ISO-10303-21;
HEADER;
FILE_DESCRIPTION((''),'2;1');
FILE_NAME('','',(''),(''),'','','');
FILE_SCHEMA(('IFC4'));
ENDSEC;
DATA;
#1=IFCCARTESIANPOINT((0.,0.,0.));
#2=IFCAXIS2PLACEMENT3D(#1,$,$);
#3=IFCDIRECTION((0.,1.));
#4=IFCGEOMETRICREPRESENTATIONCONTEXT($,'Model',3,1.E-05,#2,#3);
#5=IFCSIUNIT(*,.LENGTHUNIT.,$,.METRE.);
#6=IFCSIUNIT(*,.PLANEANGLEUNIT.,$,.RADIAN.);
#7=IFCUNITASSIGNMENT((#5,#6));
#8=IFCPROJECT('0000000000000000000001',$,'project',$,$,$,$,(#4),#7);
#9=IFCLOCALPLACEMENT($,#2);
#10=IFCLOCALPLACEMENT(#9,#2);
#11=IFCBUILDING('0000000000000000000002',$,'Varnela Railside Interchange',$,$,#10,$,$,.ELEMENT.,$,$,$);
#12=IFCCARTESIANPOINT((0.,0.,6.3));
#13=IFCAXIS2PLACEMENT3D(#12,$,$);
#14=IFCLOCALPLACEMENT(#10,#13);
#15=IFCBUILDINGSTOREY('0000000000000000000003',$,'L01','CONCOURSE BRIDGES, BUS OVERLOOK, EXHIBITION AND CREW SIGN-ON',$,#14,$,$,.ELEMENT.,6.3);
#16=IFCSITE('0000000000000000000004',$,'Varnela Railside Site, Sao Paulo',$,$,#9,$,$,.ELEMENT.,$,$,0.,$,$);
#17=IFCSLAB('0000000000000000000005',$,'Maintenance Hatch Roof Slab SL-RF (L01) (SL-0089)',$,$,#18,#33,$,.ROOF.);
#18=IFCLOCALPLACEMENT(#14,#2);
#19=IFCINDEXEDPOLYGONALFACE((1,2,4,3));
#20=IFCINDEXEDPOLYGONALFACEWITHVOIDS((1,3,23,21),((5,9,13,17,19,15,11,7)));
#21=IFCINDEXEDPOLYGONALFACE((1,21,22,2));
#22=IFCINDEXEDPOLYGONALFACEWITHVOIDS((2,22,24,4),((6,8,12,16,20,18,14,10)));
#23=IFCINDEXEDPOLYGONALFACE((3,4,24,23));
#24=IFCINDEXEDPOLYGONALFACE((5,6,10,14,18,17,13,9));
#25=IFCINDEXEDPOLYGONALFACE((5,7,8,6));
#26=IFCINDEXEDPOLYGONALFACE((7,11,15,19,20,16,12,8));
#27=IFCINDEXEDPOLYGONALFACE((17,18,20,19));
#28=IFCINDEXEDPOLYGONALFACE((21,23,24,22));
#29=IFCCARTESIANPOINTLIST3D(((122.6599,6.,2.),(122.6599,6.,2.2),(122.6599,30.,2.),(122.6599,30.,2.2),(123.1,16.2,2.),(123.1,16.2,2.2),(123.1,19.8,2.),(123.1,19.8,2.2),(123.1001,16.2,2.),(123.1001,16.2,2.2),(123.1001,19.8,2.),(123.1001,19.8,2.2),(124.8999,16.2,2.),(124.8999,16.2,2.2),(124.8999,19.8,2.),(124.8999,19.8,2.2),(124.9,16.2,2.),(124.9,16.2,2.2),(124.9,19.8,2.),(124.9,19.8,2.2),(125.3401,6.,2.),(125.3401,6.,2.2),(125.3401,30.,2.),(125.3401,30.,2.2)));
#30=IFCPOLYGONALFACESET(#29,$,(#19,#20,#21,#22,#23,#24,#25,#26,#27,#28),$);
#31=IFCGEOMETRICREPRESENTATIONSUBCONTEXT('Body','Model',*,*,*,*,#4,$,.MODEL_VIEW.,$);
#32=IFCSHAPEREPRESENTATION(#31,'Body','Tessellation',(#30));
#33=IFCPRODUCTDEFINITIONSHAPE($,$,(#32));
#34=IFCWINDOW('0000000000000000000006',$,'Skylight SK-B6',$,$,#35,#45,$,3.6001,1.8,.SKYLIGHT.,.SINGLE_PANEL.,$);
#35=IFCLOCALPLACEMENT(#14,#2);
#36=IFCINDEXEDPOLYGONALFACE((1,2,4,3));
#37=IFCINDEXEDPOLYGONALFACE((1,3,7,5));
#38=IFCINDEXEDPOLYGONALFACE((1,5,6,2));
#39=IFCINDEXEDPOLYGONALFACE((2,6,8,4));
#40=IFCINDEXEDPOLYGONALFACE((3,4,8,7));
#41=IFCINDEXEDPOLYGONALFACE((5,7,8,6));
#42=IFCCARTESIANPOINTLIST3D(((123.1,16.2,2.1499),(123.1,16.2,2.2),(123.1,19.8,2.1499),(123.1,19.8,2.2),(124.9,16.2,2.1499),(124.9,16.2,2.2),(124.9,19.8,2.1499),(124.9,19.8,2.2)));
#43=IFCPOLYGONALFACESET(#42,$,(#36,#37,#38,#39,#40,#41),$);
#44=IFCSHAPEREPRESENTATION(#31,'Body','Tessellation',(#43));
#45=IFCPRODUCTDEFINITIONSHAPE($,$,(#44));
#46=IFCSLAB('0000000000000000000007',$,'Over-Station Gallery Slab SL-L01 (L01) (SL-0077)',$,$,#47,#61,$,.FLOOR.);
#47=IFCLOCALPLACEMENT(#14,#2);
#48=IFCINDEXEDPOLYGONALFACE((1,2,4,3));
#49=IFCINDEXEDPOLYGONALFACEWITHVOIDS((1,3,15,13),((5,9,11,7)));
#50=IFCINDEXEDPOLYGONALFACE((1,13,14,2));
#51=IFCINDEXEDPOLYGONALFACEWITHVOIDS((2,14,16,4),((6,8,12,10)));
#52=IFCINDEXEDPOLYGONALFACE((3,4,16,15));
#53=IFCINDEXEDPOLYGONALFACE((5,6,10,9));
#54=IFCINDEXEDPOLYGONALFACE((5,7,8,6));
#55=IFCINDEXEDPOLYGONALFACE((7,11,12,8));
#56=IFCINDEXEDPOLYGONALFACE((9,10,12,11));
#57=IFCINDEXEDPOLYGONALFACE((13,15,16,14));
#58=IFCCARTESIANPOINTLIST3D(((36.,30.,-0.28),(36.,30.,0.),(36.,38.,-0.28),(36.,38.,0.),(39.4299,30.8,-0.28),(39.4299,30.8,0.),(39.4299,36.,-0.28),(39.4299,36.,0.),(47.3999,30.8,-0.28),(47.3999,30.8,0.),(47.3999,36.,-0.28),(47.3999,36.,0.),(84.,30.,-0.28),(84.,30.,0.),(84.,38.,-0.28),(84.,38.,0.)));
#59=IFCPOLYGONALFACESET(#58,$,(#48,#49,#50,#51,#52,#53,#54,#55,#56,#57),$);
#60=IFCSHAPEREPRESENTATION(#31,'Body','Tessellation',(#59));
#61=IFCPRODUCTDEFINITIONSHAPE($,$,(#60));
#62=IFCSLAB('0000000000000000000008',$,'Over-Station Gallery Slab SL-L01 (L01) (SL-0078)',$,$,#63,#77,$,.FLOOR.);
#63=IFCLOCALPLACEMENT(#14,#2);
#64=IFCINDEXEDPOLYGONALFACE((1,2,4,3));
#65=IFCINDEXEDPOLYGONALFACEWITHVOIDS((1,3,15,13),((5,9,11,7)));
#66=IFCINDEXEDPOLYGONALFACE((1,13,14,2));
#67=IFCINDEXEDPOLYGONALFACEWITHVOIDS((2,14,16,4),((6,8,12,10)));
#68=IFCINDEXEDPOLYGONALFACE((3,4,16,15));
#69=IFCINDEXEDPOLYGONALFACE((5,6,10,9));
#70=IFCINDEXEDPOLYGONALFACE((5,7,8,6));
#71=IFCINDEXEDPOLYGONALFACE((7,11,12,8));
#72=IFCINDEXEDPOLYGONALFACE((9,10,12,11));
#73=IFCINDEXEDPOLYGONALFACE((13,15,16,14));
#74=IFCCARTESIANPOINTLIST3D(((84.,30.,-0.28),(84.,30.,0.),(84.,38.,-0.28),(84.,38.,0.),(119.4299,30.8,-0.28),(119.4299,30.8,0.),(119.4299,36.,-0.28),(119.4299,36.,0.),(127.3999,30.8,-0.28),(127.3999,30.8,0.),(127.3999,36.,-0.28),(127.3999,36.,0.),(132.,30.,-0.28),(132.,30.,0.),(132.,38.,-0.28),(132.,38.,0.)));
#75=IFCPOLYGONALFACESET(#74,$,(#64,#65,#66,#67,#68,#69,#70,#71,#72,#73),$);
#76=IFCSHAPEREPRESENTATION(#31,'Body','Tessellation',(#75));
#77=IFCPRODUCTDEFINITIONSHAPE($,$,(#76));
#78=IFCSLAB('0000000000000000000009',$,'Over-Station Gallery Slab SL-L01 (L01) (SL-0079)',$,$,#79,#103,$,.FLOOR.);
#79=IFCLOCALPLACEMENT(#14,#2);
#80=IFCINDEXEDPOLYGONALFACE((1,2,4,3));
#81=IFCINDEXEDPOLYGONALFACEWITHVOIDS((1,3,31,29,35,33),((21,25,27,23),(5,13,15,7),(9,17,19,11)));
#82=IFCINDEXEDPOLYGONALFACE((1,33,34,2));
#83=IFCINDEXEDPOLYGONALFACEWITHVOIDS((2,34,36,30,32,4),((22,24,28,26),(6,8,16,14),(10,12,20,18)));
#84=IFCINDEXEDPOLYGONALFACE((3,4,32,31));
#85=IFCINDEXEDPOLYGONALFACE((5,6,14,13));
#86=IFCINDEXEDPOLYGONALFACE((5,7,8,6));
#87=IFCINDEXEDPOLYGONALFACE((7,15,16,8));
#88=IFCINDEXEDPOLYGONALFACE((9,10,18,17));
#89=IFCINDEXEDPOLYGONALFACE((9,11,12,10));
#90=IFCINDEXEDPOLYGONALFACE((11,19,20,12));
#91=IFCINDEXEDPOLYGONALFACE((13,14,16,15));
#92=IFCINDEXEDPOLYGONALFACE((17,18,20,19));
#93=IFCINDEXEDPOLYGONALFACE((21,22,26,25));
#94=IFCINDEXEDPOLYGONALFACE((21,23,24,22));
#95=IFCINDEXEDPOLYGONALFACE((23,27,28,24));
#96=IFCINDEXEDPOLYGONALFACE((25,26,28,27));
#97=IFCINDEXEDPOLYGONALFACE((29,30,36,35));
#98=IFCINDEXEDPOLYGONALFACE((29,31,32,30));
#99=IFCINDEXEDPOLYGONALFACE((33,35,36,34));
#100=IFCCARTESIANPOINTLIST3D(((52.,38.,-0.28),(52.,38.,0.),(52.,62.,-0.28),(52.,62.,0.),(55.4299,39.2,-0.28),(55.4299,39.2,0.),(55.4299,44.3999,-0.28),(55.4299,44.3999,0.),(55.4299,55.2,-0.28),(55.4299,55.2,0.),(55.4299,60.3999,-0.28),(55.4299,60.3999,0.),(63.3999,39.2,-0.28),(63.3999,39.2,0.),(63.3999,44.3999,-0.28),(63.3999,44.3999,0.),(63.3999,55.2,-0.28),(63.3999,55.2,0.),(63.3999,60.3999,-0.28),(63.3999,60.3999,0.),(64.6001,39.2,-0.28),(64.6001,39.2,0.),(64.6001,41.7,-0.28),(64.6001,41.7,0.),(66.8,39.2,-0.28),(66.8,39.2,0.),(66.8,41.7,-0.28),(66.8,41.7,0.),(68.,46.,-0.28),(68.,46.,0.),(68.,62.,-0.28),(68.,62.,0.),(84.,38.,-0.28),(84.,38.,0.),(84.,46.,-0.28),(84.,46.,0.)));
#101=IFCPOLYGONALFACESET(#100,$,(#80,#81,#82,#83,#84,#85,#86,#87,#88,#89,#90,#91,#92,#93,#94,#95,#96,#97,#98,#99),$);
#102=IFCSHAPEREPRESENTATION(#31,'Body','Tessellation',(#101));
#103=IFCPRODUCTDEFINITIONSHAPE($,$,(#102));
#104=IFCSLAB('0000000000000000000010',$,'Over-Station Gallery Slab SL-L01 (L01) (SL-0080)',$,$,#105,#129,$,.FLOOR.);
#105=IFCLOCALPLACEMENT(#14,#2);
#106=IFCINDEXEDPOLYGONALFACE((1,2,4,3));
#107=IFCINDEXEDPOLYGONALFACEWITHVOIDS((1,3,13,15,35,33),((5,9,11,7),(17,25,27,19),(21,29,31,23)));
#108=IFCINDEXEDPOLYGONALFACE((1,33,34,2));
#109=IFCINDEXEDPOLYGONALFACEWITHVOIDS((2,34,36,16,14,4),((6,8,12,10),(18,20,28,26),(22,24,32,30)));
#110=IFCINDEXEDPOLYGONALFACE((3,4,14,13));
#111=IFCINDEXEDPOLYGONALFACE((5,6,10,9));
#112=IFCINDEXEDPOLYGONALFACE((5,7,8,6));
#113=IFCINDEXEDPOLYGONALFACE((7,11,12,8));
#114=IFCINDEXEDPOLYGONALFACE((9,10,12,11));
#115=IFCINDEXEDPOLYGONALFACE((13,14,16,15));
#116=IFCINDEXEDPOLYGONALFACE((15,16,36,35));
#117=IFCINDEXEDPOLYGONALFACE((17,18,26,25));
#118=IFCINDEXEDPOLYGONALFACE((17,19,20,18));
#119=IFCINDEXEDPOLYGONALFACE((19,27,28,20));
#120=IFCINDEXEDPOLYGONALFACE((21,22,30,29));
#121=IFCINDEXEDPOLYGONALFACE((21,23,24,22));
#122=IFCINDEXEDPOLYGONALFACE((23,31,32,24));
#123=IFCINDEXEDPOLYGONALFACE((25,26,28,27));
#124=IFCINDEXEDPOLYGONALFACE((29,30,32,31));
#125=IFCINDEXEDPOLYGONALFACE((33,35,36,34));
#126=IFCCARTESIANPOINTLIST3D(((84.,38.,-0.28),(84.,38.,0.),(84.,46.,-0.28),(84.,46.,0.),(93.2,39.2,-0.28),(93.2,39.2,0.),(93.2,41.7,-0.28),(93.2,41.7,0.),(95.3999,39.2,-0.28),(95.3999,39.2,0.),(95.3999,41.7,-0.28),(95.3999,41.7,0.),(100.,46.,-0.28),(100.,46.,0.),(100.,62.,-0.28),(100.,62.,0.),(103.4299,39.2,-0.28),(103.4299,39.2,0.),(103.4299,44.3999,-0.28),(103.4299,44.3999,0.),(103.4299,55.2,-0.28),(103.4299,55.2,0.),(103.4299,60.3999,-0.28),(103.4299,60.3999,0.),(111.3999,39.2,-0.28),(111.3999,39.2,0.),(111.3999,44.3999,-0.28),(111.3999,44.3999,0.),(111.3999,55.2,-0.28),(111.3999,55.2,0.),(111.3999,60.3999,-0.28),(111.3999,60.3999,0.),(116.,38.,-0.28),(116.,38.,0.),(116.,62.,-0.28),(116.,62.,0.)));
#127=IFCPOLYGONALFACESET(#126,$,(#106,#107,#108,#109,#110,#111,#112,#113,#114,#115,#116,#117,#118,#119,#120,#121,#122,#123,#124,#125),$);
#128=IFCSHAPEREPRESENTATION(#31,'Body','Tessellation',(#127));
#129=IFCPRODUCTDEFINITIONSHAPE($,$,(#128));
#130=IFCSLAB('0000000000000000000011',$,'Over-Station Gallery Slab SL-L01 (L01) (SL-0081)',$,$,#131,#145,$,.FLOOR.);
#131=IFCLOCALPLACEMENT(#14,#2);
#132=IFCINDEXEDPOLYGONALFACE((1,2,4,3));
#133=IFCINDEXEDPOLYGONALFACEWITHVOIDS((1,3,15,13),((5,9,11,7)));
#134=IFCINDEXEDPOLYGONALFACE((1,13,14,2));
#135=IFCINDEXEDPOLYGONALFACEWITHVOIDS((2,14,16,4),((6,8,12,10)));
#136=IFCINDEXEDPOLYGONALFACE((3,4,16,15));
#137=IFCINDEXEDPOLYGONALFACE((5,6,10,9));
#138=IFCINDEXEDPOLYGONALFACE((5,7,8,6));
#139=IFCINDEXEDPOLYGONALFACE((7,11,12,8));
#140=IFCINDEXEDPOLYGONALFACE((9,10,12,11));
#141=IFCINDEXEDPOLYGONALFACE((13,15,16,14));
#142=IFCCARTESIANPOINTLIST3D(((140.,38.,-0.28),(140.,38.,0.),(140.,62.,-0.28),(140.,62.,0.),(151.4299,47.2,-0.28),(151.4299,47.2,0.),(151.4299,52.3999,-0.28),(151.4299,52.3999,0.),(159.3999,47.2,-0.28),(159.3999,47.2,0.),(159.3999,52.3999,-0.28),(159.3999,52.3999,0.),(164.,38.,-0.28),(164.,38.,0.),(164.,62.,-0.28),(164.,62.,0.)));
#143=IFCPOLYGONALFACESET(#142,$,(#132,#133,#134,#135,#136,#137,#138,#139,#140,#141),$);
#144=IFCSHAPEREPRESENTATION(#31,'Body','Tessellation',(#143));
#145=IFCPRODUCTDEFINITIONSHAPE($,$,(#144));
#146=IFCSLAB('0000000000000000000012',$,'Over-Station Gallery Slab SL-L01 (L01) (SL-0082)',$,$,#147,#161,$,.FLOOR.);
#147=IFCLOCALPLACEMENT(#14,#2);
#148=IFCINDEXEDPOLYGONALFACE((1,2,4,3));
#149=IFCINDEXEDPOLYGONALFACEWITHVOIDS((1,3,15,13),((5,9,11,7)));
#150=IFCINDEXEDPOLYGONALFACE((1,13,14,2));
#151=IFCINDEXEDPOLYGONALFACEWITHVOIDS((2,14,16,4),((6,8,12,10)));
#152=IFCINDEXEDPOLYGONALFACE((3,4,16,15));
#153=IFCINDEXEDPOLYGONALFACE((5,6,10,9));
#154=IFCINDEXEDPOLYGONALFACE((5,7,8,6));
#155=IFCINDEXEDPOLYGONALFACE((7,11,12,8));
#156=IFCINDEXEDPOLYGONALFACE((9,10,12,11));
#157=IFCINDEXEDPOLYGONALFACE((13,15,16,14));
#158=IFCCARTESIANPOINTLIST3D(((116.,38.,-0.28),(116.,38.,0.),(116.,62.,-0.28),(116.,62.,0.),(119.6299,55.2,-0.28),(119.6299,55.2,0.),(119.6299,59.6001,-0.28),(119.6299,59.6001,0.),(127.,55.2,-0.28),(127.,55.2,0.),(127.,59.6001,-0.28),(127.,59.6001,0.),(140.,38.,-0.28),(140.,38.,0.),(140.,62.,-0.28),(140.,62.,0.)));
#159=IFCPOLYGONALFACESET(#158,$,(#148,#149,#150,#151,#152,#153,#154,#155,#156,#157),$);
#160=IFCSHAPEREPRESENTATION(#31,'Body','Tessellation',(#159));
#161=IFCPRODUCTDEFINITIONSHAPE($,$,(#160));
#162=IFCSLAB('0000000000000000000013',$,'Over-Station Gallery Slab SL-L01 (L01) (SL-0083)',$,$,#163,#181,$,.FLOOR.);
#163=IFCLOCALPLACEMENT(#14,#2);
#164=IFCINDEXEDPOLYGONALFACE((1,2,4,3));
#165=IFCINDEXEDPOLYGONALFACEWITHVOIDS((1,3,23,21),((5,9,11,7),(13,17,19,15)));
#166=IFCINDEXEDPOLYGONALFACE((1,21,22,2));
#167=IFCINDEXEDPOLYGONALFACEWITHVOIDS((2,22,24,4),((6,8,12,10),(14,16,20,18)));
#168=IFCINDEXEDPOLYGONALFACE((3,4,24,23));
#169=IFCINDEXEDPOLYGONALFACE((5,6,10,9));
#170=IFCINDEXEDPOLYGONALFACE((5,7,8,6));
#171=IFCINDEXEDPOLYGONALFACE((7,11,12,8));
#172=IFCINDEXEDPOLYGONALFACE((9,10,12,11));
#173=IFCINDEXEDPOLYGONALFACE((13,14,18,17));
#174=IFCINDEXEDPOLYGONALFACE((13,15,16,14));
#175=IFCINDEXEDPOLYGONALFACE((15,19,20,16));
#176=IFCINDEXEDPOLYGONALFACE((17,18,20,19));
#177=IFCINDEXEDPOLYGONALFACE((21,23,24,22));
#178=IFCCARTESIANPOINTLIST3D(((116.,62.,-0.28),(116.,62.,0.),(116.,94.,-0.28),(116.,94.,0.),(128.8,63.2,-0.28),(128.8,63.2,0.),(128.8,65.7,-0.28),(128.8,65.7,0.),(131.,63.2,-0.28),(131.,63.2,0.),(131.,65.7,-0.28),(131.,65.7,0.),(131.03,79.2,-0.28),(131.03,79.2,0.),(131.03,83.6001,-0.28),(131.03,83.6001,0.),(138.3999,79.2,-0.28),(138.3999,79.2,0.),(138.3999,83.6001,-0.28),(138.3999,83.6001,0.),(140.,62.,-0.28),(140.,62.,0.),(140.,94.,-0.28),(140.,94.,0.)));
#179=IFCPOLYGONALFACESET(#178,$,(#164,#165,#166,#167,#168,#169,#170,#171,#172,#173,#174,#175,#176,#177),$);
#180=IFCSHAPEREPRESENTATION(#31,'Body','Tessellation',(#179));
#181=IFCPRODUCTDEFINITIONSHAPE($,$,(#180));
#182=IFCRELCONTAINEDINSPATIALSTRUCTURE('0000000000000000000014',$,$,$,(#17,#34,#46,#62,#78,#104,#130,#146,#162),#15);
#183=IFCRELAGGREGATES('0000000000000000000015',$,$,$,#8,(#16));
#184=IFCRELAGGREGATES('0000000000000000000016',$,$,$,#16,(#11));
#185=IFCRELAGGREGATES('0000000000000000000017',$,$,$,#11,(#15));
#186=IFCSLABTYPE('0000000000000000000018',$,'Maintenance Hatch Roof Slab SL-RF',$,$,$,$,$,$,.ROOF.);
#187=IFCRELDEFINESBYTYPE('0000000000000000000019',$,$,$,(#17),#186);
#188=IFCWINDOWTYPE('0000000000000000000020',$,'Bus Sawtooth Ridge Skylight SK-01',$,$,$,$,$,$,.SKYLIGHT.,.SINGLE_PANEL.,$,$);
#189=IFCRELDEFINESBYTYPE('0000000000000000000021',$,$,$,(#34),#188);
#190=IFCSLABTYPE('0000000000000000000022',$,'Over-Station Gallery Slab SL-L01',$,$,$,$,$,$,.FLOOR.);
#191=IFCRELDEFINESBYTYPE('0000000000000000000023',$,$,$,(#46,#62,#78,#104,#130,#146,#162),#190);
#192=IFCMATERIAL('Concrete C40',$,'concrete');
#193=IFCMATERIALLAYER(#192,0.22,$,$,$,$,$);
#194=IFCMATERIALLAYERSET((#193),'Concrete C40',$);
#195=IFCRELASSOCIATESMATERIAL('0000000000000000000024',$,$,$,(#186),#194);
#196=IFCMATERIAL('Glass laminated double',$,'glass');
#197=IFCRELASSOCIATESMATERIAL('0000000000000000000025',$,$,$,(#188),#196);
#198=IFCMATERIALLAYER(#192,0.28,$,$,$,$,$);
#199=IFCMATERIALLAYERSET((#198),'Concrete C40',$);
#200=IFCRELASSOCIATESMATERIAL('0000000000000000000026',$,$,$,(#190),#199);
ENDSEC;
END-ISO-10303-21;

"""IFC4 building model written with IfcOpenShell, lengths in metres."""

from ifc_helpers import new_model, si_unit, direction, frame, origin, origin_2d, place, context, subcontext, project, spatial, polyline, rectangle, outline, extrude, material, layer, layer_set, type_object, element, fill, save


model = new_model("IFC4")

# Units and contexts
model_context = context("Model", 3, precision=1e-05, world=origin(), true_north=direction((0.0, 1.0)))
body_context = subcontext(model_context, "Body", "Model", "MODEL_VIEW")
ifc_project = project(units=[si_unit("LENGTHUNIT", "METRE"), si_unit("PLANEANGLEUNIT", "RADIAN")], contexts=[model_context])

# Site, building, storey
site_placement = place(None, origin())
site = spatial("IfcSite", under=ifc_project, at=site_placement, Name="Varnela Railside Site, Sao Paulo", CompositionType="ELEMENT", RefElevation=0.0)
building_placement = place(site_placement, origin())
building = spatial("IfcBuilding", under=site, at=building_placement, Name="Varnela Railside Interchange", CompositionType="ELEMENT")
storey_placement = place(building_placement, frame((0.0, 0.0, 6.3)))
storey = spatial("IfcBuildingStorey", under=building, at=storey_placement, Name="L01", Description="CONCOURSE BRIDGES, BUS OVERLOOK, EXHIBITION AND CREW SIGN-ON", CompositionType="ELEMENT", Elevation=6.3)

# Slab, opening, window
ifc_material_1 = material(Name="Concrete C40", Category="concrete")
ifc_layer_1 = layer(ifc_material_1, 0.22)
ifc_layer_set_1 = layer_set([ifc_layer_1], Name="Concrete C40")
slab_type_1 = type_object("IfcSlabType", Name="Maintenance Hatch Roof Slab SL-RF", PredefinedType="ROOF", material=ifc_layer_set_1)
ifc_material_2 = material(Name="Glass laminated double", Category="glass")
window_type = type_object("IfcWindowType", Name="Bus Sawtooth Ridge Skylight SK-01", PartitioningType="SINGLE_PANEL", PredefinedType="SKYLIGHT", material=ifc_material_2)
slab_1_placement = place(storey_placement, frame((0.0, 0.0, 2.0)))
slab_1 = element("IfcSlab", 1, at=slab_1_placement, inside=storey, type_object=slab_type_1, Name="Maintenance Hatch Roof Slab SL-RF (L01) (SL-0089)", PredefinedType="ROOF", context=body_context, shape_type="SweptSolid", body=[
    extrude(outline(polyline([(122.6599, 6.0), (125.3401, 6.0), (125.3401, 30.0), (122.6599, 30.0), (122.6599, 6.0)]), holes=[polyline([(123.1001, 16.2), (124.8999, 16.2), (124.8999, 19.8), (123.1001, 19.8), (123.1001, 16.2)])]), origin(), (0.0, 0.0, 1.0), 0.2),
])
opening_1_placement = place(slab_1_placement, frame((124.0, 18.0, -0.01)))
opening_1 = element("IfcOpeningElement", 2, at=opening_1_placement, cuts=slab_1, PredefinedType="OPENING", context=body_context, shape_type="SweptSolid", body=[
    extrude(rectangle(XDim=1.8, YDim=3.6001, at=origin_2d()), origin(), (0.0, 0.0, 1.0), 0.22),
])
window_1_placement = place(slab_1_placement, frame((124.0, 18.0, 0.1499)))
window_1 = element("IfcWindow", 3, at=window_1_placement, inside=storey, type_object=window_type, Name="Skylight SK-B6", OverallHeight=3.6001, OverallWidth=1.8, PartitioningType="SINGLE_PANEL", PredefinedType="SKYLIGHT", context=body_context, shape_type="SweptSolid", body=[
    extrude(rectangle(XDim=1.8, YDim=3.6001, at=origin_2d()), origin(), (0.0, 0.0, 1.0), 0.05),
])
fill(opening_1, window_1)

# Slabs
ifc_layer_2 = layer(ifc_material_1, 0.28)
ifc_layer_set_2 = layer_set([ifc_layer_2], Name="Concrete C40")
slab_type_2 = type_object("IfcSlabType", Name="Over-Station Gallery Slab SL-L01", PredefinedType="FLOOR", material=ifc_layer_set_2)
slab_2_placement = place(storey_placement, frame((0.0, 0.0, -0.28)))
element("IfcSlab", 4, at=slab_2_placement, inside=storey, type_object=slab_type_2, Name="Over-Station Gallery Slab SL-L01 (L01) (SL-0077)", PredefinedType="FLOOR", context=body_context, shape_type="SweptSolid", body=[
    extrude(outline(polyline([(36.0, 30.0), (84.0, 30.0), (84.0, 38.0), (36.0, 38.0), (36.0, 30.0)]), holes=[polyline([(39.4299, 30.8), (47.3999, 30.8), (47.3999, 36.0), (39.4299, 36.0), (39.4299, 30.8)])]), origin(), (0.0, 0.0, 1.0), 0.28),
])
slab_3_placement = place(storey_placement, frame((0.0, 0.0, -0.28)))
element("IfcSlab", 5, at=slab_3_placement, inside=storey, type_object=slab_type_2, Name="Over-Station Gallery Slab SL-L01 (L01) (SL-0078)", PredefinedType="FLOOR", context=body_context, shape_type="SweptSolid", body=[
    extrude(outline(polyline([(84.0, 30.0), (132.0, 30.0), (132.0, 38.0), (84.0, 38.0), (84.0, 30.0)]), holes=[polyline([(119.4299, 30.8), (127.3999, 30.8), (127.3999, 36.0), (119.4299, 36.0), (119.4299, 30.8)])]), origin(), (0.0, 0.0, 1.0), 0.28),
])
slab_4_placement = place(storey_placement, frame((0.0, 0.0, -0.28)))
element("IfcSlab", 6, at=slab_4_placement, inside=storey, type_object=slab_type_2, Name="Over-Station Gallery Slab SL-L01 (L01) (SL-0079)", PredefinedType="FLOOR", context=body_context, shape_type="SweptSolid", body=[
    extrude(outline(polyline([(52.0, 38.0), (84.0, 38.0), (84.0, 46.0), (68.0, 46.0), (68.0, 62.0), (52.0, 62.0), (52.0, 38.0)]), holes=[polyline([(55.4299, 39.2), (63.3999, 39.2), (63.3999, 44.3999), (55.4299, 44.3999), (55.4299, 39.2)]), polyline([(55.4299, 55.2), (63.3999, 55.2), (63.3999, 60.3999), (55.4299, 60.3999), (55.4299, 55.2)]), polyline([(64.6001, 39.2), (66.8, 39.2), (66.8, 41.7), (64.6001, 41.7), (64.6001, 39.2)])]), origin(), (0.0, 0.0, 1.0), 0.28),
])
slab_5_placement = place(storey_placement, frame((0.0, 0.0, -0.28)))
element("IfcSlab", 7, at=slab_5_placement, inside=storey, type_object=slab_type_2, Name="Over-Station Gallery Slab SL-L01 (L01) (SL-0080)", PredefinedType="FLOOR", context=body_context, shape_type="SweptSolid", body=[
    extrude(outline(polyline([(84.0, 38.0), (116.0, 38.0), (116.0, 62.0), (100.0, 62.0), (100.0, 46.0), (84.0, 46.0), (84.0, 38.0)]), holes=[polyline([(103.4299, 39.2), (111.3999, 39.2), (111.3999, 44.3999), (103.4299, 44.3999), (103.4299, 39.2)]), polyline([(103.4299, 55.2), (111.3999, 55.2), (111.3999, 60.3999), (103.4299, 60.3999), (103.4299, 55.2)]), polyline([(93.2, 39.2), (95.3999, 39.2), (95.3999, 41.7), (93.2, 41.7), (93.2, 39.2)])]), origin(), (0.0, 0.0, 1.0), 0.28),
])
slab_6_placement = place(storey_placement, frame((0.0, 0.0, -0.28)))
element("IfcSlab", 8, at=slab_6_placement, inside=storey, type_object=slab_type_2, Name="Over-Station Gallery Slab SL-L01 (L01) (SL-0081)", PredefinedType="FLOOR", context=body_context, shape_type="SweptSolid", body=[
    extrude(outline(polyline([(140.0, 38.0), (164.0, 38.0), (164.0, 62.0), (140.0, 62.0), (140.0, 38.0)]), holes=[polyline([(151.4299, 47.2), (159.3999, 47.2), (159.3999, 52.3999), (151.4299, 52.3999), (151.4299, 47.2)])]), origin(), (0.0, 0.0, 1.0), 0.28),
])
slab_7_placement = place(storey_placement, frame((0.0, 0.0, -0.28)))
element("IfcSlab", 9, at=slab_7_placement, inside=storey, type_object=slab_type_2, Name="Over-Station Gallery Slab SL-L01 (L01) (SL-0082)", PredefinedType="FLOOR", context=body_context, shape_type="SweptSolid", body=[
    extrude(outline(polyline([(116.0, 38.0), (140.0, 38.0), (140.0, 62.0), (116.0, 62.0), (116.0, 38.0)]), holes=[polyline([(119.6299, 55.2), (127.0, 55.2), (127.0, 59.6001), (119.6299, 59.6001), (119.6299, 55.2)])]), origin(), (0.0, 0.0, 1.0), 0.28),
])
slab_8_placement = place(storey_placement, frame((0.0, 0.0, -0.28)))
element("IfcSlab", 10, at=slab_8_placement, inside=storey, type_object=slab_type_2, Name="Over-Station Gallery Slab SL-L01 (L01) (SL-0083)", PredefinedType="FLOOR", context=body_context, shape_type="SweptSolid", body=[
    extrude(outline(polyline([(116.0, 62.0), (140.0, 62.0), (140.0, 94.0), (116.0, 94.0), (116.0, 62.0)]), holes=[polyline([(131.03, 79.2), (138.3999, 79.2), (138.3999, 83.6001), (131.03, 83.6001), (131.03, 79.2)]), polyline([(128.8, 63.2), (131.0, 63.2), (131.0, 65.7), (128.8, 65.7), (128.8, 63.2)])]), origin(), (0.0, 0.0, 1.0), 0.28),
])

save(model, "model.ifc")
